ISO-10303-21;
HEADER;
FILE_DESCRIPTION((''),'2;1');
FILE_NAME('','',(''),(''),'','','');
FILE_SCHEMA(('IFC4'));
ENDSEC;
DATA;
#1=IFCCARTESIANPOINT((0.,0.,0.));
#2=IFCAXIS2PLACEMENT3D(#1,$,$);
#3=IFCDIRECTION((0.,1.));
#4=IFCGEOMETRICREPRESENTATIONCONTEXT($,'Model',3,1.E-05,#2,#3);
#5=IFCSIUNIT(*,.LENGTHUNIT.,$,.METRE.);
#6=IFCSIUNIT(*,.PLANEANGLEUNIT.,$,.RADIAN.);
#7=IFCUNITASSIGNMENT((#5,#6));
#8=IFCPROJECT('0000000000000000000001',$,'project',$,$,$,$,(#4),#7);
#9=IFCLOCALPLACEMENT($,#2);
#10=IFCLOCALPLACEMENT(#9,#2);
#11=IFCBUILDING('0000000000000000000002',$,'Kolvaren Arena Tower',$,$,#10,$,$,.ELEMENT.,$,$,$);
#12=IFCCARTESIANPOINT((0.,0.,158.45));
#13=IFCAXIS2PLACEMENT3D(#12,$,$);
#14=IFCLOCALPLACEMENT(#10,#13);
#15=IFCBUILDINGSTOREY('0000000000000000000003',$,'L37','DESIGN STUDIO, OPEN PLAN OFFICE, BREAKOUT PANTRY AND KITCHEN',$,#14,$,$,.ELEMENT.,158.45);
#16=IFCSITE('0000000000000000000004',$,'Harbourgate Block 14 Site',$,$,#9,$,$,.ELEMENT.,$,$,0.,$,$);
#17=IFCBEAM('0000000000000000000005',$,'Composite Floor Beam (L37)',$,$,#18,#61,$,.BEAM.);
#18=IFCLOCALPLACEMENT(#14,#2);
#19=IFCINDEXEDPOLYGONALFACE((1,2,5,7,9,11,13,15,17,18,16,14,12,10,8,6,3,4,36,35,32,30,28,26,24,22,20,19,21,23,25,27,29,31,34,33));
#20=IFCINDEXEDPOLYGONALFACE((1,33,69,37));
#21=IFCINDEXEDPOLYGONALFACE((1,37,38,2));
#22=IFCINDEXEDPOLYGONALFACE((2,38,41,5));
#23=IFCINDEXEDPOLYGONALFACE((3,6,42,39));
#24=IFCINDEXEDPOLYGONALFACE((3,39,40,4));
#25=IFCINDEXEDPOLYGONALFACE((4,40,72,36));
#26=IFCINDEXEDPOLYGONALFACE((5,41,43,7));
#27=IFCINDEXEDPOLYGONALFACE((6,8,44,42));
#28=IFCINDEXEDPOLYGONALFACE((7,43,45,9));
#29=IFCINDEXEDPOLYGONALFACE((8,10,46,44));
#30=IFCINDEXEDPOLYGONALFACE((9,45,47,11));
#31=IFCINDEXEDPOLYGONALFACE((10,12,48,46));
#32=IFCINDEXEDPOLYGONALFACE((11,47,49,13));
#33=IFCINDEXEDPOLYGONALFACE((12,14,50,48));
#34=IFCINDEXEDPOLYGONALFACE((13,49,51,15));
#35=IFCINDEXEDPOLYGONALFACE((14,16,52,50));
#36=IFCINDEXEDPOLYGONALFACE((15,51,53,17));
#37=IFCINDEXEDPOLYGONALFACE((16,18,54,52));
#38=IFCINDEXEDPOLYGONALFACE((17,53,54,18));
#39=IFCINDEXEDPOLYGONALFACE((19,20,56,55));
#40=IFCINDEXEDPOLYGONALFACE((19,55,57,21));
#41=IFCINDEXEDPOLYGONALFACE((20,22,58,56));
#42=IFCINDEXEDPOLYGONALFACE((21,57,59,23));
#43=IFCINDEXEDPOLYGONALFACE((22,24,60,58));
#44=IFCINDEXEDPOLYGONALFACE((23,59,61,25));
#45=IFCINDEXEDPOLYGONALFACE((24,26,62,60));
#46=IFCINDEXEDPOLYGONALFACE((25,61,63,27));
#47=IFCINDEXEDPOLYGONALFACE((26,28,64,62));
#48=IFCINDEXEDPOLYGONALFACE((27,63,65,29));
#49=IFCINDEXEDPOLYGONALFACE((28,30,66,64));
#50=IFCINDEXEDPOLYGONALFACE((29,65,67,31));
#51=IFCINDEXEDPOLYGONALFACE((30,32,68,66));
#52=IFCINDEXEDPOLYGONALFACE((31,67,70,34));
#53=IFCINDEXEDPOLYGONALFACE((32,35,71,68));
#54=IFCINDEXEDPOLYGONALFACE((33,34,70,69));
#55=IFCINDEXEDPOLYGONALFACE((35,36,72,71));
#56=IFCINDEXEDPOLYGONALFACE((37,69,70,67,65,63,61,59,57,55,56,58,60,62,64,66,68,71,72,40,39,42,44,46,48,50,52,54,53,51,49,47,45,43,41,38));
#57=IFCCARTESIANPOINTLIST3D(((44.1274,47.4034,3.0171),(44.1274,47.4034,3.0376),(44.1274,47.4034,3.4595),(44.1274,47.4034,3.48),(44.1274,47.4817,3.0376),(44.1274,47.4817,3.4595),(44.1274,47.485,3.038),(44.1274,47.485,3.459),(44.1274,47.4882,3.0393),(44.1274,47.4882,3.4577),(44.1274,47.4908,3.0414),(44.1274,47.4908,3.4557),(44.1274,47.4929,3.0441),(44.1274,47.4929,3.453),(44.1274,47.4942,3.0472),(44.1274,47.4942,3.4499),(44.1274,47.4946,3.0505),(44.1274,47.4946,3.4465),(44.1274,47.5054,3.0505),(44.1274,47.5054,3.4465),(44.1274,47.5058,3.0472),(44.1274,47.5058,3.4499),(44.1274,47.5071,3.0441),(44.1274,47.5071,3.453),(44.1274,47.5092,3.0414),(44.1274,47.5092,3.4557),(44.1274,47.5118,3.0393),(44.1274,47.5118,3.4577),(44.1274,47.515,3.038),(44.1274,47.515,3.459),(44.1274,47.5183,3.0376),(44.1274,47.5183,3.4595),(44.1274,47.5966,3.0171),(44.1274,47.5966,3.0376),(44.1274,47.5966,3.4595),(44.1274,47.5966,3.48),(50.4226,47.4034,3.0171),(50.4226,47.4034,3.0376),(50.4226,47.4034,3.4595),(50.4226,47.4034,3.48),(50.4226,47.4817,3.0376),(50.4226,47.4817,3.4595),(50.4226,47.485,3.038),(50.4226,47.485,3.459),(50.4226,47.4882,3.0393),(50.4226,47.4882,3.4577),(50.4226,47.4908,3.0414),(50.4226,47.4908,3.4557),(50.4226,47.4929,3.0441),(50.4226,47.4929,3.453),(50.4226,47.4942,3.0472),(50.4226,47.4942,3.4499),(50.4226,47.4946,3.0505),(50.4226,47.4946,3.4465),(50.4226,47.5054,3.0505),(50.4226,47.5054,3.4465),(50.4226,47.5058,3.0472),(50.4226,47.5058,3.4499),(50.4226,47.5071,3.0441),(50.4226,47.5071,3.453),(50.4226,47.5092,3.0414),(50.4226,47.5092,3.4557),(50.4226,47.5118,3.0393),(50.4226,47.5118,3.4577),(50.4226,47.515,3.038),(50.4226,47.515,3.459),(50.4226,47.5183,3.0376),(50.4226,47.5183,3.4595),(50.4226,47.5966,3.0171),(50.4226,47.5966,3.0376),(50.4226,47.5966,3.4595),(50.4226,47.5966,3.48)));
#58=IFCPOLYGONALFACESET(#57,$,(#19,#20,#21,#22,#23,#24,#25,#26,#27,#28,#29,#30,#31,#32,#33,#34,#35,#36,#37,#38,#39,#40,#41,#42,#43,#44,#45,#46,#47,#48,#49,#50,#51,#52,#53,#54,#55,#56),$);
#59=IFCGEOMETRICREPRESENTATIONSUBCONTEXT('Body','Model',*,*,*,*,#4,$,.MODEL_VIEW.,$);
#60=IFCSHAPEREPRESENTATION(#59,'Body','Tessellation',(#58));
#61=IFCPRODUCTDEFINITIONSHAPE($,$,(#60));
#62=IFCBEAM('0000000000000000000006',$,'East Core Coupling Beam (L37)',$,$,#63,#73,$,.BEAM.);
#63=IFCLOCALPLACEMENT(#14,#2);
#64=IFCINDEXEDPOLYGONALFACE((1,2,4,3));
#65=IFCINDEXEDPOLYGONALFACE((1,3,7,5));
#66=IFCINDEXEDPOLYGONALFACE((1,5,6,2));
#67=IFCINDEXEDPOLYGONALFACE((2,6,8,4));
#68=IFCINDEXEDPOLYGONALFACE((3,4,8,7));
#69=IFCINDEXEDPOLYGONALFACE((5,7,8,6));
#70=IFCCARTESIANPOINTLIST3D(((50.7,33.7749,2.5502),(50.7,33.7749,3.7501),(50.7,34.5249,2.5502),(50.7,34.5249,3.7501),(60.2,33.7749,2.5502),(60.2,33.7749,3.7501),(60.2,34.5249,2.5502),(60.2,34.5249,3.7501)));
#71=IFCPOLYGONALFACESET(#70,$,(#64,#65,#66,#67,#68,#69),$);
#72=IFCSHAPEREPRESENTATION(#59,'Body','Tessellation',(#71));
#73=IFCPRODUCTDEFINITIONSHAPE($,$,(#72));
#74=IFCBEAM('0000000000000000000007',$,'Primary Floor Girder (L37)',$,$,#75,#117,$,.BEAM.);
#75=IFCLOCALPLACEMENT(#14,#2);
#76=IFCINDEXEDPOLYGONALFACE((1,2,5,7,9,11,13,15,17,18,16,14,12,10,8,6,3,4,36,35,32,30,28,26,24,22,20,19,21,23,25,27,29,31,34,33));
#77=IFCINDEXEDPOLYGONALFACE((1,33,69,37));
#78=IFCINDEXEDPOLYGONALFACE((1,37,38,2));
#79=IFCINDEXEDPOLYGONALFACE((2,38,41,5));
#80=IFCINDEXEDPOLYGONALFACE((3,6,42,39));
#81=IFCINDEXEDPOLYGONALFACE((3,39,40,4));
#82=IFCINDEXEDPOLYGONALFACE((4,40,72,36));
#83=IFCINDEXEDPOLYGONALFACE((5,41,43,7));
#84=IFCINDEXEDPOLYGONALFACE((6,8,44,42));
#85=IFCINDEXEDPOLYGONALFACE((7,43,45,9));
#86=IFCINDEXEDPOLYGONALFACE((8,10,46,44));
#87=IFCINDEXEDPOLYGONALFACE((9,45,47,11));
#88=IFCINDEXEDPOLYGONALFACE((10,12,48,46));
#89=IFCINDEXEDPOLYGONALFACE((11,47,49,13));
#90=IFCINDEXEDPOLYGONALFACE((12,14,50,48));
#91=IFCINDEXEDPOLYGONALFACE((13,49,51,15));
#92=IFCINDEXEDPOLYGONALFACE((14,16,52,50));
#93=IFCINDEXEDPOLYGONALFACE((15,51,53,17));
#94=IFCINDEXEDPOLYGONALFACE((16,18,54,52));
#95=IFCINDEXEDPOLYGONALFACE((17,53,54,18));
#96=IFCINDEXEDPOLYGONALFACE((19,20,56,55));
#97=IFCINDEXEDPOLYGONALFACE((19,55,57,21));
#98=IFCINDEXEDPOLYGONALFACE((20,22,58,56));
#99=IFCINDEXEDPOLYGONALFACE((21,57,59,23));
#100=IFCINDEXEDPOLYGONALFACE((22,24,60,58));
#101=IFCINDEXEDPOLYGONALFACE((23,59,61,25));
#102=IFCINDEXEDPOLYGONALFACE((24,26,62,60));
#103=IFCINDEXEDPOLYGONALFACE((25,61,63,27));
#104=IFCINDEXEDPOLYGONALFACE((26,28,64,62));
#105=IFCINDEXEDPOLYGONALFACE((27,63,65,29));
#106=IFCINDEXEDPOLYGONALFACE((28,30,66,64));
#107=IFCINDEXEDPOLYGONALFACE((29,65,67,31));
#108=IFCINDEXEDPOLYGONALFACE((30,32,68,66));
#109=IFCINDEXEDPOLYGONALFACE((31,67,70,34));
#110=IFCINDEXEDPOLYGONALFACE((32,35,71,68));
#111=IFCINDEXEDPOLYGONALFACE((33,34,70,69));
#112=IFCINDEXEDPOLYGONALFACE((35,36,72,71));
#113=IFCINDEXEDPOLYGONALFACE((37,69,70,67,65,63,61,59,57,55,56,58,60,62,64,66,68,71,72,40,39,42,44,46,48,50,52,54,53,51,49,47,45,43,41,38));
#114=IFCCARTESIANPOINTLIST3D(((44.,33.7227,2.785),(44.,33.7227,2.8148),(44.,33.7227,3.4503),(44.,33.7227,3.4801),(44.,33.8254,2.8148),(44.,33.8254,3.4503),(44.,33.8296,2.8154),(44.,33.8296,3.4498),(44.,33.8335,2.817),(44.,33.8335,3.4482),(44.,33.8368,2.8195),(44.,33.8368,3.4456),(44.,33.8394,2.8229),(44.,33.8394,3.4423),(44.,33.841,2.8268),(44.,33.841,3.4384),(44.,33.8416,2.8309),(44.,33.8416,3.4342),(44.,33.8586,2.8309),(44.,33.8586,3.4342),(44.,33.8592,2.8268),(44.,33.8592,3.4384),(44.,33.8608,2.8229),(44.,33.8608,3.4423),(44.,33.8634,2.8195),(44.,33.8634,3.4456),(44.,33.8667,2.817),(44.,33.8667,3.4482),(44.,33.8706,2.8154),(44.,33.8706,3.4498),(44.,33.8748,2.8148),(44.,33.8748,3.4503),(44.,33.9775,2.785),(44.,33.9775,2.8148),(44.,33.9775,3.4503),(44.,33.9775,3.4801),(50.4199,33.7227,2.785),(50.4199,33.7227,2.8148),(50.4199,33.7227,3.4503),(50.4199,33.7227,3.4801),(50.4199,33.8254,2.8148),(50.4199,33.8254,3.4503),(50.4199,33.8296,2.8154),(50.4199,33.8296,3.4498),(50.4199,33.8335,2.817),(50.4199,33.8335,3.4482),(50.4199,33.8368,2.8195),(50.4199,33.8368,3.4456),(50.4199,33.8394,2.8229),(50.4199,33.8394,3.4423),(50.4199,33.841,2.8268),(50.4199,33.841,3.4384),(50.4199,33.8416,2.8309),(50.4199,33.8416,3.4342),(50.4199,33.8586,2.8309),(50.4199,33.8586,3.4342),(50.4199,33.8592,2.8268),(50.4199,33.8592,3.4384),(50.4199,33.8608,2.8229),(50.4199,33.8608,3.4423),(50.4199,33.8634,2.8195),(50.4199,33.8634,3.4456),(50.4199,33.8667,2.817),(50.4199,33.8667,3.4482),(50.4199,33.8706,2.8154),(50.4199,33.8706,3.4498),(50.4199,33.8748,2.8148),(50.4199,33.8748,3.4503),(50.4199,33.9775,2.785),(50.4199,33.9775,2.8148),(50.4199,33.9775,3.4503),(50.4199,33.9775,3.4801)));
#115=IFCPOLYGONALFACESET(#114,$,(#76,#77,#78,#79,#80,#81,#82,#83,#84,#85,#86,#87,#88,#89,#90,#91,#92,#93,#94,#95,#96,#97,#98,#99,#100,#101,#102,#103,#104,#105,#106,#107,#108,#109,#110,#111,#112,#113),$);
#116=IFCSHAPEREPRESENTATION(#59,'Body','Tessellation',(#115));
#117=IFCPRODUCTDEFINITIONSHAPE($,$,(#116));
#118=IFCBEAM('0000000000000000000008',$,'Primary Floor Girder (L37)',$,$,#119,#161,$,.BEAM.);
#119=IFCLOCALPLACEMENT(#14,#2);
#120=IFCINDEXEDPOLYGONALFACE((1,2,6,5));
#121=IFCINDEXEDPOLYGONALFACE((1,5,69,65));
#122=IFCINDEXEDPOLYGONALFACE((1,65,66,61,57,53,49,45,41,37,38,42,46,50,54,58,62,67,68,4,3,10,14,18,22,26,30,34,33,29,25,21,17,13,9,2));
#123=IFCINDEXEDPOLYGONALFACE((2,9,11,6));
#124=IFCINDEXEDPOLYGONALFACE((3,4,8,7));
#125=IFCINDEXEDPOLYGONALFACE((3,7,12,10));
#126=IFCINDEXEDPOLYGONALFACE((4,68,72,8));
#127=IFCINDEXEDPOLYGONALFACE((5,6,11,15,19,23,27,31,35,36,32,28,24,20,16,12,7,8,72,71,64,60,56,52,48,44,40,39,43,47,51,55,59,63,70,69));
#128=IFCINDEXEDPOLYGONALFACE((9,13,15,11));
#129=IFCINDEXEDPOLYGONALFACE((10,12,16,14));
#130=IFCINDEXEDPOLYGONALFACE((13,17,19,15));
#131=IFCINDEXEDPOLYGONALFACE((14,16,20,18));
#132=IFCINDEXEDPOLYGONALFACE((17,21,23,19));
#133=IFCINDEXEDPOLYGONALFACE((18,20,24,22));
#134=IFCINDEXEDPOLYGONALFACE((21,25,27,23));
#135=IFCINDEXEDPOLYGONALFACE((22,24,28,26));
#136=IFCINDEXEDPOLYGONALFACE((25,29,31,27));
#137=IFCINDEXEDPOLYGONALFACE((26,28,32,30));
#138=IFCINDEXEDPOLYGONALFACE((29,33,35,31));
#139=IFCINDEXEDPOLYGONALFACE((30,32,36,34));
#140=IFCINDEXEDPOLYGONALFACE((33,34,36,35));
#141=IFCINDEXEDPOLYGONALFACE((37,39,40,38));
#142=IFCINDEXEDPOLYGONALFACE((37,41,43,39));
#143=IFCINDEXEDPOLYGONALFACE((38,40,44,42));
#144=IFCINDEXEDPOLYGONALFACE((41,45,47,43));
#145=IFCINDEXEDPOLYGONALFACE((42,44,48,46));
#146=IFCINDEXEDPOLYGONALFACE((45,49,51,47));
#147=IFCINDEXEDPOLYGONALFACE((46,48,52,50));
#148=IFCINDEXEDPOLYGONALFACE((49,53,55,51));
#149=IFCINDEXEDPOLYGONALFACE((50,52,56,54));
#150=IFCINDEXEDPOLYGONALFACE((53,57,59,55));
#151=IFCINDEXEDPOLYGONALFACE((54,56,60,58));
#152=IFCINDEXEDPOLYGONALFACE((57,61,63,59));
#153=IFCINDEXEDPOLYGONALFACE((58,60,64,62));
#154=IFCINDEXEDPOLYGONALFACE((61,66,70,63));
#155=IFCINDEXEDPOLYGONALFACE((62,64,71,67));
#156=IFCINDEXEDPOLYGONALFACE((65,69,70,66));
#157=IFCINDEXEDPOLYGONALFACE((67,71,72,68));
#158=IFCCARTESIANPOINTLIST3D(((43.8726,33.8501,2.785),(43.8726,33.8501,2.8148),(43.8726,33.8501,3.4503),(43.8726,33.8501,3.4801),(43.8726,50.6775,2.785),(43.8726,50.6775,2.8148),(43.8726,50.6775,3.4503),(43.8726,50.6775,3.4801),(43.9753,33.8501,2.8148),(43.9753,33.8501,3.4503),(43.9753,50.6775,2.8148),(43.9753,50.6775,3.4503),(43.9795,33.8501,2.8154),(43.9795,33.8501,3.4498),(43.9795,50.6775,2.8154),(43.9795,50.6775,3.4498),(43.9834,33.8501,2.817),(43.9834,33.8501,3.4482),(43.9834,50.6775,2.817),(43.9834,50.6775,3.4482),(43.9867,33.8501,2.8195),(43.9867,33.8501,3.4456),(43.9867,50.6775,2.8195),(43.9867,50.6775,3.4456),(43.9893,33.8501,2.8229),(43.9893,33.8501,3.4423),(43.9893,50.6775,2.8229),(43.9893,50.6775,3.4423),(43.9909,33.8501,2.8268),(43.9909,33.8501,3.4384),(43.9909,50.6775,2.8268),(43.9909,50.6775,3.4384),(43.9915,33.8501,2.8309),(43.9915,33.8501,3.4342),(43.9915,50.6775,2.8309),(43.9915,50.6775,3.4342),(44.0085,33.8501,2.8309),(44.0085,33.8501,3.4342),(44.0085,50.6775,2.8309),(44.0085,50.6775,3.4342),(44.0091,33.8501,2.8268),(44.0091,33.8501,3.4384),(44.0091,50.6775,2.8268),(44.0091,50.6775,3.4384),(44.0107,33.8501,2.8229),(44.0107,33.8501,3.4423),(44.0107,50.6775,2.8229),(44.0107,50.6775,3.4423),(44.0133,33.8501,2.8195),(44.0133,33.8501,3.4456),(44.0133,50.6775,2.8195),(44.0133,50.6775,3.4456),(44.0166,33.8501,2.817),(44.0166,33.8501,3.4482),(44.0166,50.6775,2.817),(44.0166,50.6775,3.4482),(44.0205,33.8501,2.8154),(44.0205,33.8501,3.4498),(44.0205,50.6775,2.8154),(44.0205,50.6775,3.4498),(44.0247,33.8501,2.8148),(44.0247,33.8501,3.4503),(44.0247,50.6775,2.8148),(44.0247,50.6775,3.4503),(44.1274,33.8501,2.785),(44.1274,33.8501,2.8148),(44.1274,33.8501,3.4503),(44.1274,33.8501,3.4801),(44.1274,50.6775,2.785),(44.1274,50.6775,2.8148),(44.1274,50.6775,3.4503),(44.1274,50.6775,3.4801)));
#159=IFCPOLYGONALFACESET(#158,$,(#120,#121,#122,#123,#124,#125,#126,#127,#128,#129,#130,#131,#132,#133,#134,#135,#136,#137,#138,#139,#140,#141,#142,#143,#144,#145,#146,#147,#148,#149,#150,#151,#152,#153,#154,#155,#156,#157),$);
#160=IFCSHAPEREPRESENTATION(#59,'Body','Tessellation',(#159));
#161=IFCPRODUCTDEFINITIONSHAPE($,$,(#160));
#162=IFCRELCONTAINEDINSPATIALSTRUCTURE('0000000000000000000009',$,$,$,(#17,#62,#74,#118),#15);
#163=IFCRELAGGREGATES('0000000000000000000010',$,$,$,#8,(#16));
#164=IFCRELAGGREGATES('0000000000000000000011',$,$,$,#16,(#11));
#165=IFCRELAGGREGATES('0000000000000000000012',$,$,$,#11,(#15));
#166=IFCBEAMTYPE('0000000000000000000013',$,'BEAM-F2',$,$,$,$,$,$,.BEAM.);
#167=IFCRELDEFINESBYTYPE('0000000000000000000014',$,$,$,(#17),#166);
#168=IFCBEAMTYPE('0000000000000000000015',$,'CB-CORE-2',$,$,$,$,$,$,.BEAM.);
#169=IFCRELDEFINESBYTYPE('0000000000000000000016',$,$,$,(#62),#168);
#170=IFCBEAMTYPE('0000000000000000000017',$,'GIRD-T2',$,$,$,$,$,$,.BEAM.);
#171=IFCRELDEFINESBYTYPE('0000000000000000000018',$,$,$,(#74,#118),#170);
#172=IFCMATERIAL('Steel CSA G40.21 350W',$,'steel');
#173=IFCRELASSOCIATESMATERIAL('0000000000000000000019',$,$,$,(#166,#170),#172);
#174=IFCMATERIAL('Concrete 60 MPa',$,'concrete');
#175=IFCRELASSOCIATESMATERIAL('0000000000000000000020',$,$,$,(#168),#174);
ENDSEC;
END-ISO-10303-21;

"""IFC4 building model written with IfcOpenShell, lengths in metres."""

from ifc_helpers import new_model, si_unit, direction, frame, origin, origin_2d, place, context, subcontext, project, spatial, rectangle, i_section, extrude, material, material_profile, profile_set, type_object, element, save


model = new_model("IFC4")

# Units and contexts
model_context = context("Model", 3, precision=1e-05, world=origin(), true_north=direction((0.0, 1.0)))
body_context = subcontext(model_context, "Body", "Model", "MODEL_VIEW")
ifc_project = project(units=[si_unit("LENGTHUNIT", "METRE"), si_unit("PLANEANGLEUNIT", "RADIAN")], contexts=[model_context])

# Site, building, storey
site_placement = place(None, origin())
site = spatial("IfcSite", under=ifc_project, at=site_placement, Name="Harbourgate Block 14 Site", CompositionType="ELEMENT", RefElevation=0.0)
building_placement = place(site_placement, origin())
building = spatial("IfcBuilding", under=site, at=building_placement, Name="Kolvaren Arena Tower", CompositionType="ELEMENT")
storey_placement = place(building_placement, frame((0.0, 0.0, 158.45)))
storey = spatial("IfcBuildingStorey", under=building, at=storey_placement, Name="L37", Description="DESIGN STUDIO, OPEN PLAN OFFICE, BREAKOUT PANTRY AND KITCHEN", CompositionType="ELEMENT", Elevation=158.45)

# Beams
ifc_material_1 = material(Name="Steel CSA G40.21 350W", Category="steel")
ifc_material_profile_1 = material_profile(ifc_material_1, i_section(OverallWidth=0.1931, OverallDepth=0.4629, WebThickness=0.0107, FlangeThickness=0.0205, FilletRadius=0.0129, at=origin_2d()), Name="W460x113")
ifc_profile_set_1 = profile_set([ifc_material_profile_1], Name="Steel CSA G40.21 350W")
beam_type_1 = type_object("IfcBeamType", Name="BEAM-F2", PredefinedType="BEAM", material=ifc_profile_set_1)
beam_1_placement = place(storey_placement, frame((44.1274, 47.5, 3.2485), z_axis=(1.0, 0.0, 0.0), x_axis=(0.0, 1.0, 0.0)))
element("IfcBeam", 1, at=beam_1_placement, inside=storey, type_object=beam_type_1, Name="Composite Floor Beam (L37)", PredefinedType="BEAM", context=body_context, shape_type="SweptSolid", body=[
    extrude(i_section(OverallWidth=0.1931, OverallDepth=0.4629, WebThickness=0.0107, FlangeThickness=0.0205, FilletRadius=0.0129, at=origin_2d()), origin(), (0.0, 0.0, 1.0), 6.2952),
])
ifc_material_2 = material(Name="Concrete 60 MPa", Category="concrete")
ifc_material_profile_2 = material_profile(ifc_material_2, rectangle(XDim=0.75, YDim=1.2, at=origin_2d()), Name="RC-750x1200")
ifc_profile_set_2 = profile_set([ifc_material_profile_2], Name="Concrete 60 MPa")
beam_type_2 = type_object("IfcBeamType", Name="CB-CORE-2", PredefinedType="BEAM", material=ifc_profile_set_2)
beam_2_placement = place(storey_placement, frame((50.7, 34.1499, 3.1501), z_axis=(1.0, 0.0, 0.0), x_axis=(0.0, 1.0, 0.0)))
element("IfcBeam", 2, at=beam_2_placement, inside=storey, type_object=beam_type_2, Name="East Core Coupling Beam (L37)", PredefinedType="BEAM", context=body_context, shape_type="SweptSolid", body=[
    extrude(rectangle(XDim=0.75, YDim=1.2, at=origin_2d()), origin(), (0.0, 0.0, 1.0), 9.5),
])
ifc_material_profile_3 = material_profile(ifc_material_1, i_section(OverallWidth=0.2549, OverallDepth=0.6951, WebThickness=0.0171, FlangeThickness=0.0298, FilletRadius=0.0161, at=origin_2d()), Name="W690x217")
ifc_profile_set_3 = profile_set([ifc_material_profile_3], Name="Steel CSA G40.21 350W")
beam_type_3 = type_object("IfcBeamType", Name="GIRD-T2", PredefinedType="BEAM", material=ifc_profile_set_3)
beam_3_placement = place(storey_placement, frame((44.0, 33.8501, 3.1326), z_axis=(1.0, 0.0, 0.0), x_axis=(0.0, 1.0, 0.0)))
element("IfcBeam", 3, at=beam_3_placement, inside=storey, type_object=beam_type_3, Name="Primary Floor Girder (L37)", PredefinedType="BEAM", context=body_context, shape_type="SweptSolid", body=[
    extrude(i_section(OverallWidth=0.2549, OverallDepth=0.6951, WebThickness=0.0171, FlangeThickness=0.0298, FilletRadius=0.0161, at=origin_2d()), origin(), (0.0, 0.0, 1.0), 6.4199),
])
beam_4_placement = place(storey_placement, frame((44.0, 33.8501, 3.1326), z_axis=(0.0, 1.0, 0.0), x_axis=(-1.0, 0.0, 0.0)))
element("IfcBeam", 4, at=beam_4_placement, inside=storey, type_object=beam_type_3, Name="Primary Floor Girder (L37)", PredefinedType="BEAM", context=body_context, shape_type="SweptSolid", body=[
    extrude(i_section(OverallWidth=0.2549, OverallDepth=0.6951, WebThickness=0.0171, FlangeThickness=0.0298, FilletRadius=0.0161, at=origin_2d()), origin(), (0.0, 0.0, 1.0), 16.8274),
])

save(model, "model.ifc")
